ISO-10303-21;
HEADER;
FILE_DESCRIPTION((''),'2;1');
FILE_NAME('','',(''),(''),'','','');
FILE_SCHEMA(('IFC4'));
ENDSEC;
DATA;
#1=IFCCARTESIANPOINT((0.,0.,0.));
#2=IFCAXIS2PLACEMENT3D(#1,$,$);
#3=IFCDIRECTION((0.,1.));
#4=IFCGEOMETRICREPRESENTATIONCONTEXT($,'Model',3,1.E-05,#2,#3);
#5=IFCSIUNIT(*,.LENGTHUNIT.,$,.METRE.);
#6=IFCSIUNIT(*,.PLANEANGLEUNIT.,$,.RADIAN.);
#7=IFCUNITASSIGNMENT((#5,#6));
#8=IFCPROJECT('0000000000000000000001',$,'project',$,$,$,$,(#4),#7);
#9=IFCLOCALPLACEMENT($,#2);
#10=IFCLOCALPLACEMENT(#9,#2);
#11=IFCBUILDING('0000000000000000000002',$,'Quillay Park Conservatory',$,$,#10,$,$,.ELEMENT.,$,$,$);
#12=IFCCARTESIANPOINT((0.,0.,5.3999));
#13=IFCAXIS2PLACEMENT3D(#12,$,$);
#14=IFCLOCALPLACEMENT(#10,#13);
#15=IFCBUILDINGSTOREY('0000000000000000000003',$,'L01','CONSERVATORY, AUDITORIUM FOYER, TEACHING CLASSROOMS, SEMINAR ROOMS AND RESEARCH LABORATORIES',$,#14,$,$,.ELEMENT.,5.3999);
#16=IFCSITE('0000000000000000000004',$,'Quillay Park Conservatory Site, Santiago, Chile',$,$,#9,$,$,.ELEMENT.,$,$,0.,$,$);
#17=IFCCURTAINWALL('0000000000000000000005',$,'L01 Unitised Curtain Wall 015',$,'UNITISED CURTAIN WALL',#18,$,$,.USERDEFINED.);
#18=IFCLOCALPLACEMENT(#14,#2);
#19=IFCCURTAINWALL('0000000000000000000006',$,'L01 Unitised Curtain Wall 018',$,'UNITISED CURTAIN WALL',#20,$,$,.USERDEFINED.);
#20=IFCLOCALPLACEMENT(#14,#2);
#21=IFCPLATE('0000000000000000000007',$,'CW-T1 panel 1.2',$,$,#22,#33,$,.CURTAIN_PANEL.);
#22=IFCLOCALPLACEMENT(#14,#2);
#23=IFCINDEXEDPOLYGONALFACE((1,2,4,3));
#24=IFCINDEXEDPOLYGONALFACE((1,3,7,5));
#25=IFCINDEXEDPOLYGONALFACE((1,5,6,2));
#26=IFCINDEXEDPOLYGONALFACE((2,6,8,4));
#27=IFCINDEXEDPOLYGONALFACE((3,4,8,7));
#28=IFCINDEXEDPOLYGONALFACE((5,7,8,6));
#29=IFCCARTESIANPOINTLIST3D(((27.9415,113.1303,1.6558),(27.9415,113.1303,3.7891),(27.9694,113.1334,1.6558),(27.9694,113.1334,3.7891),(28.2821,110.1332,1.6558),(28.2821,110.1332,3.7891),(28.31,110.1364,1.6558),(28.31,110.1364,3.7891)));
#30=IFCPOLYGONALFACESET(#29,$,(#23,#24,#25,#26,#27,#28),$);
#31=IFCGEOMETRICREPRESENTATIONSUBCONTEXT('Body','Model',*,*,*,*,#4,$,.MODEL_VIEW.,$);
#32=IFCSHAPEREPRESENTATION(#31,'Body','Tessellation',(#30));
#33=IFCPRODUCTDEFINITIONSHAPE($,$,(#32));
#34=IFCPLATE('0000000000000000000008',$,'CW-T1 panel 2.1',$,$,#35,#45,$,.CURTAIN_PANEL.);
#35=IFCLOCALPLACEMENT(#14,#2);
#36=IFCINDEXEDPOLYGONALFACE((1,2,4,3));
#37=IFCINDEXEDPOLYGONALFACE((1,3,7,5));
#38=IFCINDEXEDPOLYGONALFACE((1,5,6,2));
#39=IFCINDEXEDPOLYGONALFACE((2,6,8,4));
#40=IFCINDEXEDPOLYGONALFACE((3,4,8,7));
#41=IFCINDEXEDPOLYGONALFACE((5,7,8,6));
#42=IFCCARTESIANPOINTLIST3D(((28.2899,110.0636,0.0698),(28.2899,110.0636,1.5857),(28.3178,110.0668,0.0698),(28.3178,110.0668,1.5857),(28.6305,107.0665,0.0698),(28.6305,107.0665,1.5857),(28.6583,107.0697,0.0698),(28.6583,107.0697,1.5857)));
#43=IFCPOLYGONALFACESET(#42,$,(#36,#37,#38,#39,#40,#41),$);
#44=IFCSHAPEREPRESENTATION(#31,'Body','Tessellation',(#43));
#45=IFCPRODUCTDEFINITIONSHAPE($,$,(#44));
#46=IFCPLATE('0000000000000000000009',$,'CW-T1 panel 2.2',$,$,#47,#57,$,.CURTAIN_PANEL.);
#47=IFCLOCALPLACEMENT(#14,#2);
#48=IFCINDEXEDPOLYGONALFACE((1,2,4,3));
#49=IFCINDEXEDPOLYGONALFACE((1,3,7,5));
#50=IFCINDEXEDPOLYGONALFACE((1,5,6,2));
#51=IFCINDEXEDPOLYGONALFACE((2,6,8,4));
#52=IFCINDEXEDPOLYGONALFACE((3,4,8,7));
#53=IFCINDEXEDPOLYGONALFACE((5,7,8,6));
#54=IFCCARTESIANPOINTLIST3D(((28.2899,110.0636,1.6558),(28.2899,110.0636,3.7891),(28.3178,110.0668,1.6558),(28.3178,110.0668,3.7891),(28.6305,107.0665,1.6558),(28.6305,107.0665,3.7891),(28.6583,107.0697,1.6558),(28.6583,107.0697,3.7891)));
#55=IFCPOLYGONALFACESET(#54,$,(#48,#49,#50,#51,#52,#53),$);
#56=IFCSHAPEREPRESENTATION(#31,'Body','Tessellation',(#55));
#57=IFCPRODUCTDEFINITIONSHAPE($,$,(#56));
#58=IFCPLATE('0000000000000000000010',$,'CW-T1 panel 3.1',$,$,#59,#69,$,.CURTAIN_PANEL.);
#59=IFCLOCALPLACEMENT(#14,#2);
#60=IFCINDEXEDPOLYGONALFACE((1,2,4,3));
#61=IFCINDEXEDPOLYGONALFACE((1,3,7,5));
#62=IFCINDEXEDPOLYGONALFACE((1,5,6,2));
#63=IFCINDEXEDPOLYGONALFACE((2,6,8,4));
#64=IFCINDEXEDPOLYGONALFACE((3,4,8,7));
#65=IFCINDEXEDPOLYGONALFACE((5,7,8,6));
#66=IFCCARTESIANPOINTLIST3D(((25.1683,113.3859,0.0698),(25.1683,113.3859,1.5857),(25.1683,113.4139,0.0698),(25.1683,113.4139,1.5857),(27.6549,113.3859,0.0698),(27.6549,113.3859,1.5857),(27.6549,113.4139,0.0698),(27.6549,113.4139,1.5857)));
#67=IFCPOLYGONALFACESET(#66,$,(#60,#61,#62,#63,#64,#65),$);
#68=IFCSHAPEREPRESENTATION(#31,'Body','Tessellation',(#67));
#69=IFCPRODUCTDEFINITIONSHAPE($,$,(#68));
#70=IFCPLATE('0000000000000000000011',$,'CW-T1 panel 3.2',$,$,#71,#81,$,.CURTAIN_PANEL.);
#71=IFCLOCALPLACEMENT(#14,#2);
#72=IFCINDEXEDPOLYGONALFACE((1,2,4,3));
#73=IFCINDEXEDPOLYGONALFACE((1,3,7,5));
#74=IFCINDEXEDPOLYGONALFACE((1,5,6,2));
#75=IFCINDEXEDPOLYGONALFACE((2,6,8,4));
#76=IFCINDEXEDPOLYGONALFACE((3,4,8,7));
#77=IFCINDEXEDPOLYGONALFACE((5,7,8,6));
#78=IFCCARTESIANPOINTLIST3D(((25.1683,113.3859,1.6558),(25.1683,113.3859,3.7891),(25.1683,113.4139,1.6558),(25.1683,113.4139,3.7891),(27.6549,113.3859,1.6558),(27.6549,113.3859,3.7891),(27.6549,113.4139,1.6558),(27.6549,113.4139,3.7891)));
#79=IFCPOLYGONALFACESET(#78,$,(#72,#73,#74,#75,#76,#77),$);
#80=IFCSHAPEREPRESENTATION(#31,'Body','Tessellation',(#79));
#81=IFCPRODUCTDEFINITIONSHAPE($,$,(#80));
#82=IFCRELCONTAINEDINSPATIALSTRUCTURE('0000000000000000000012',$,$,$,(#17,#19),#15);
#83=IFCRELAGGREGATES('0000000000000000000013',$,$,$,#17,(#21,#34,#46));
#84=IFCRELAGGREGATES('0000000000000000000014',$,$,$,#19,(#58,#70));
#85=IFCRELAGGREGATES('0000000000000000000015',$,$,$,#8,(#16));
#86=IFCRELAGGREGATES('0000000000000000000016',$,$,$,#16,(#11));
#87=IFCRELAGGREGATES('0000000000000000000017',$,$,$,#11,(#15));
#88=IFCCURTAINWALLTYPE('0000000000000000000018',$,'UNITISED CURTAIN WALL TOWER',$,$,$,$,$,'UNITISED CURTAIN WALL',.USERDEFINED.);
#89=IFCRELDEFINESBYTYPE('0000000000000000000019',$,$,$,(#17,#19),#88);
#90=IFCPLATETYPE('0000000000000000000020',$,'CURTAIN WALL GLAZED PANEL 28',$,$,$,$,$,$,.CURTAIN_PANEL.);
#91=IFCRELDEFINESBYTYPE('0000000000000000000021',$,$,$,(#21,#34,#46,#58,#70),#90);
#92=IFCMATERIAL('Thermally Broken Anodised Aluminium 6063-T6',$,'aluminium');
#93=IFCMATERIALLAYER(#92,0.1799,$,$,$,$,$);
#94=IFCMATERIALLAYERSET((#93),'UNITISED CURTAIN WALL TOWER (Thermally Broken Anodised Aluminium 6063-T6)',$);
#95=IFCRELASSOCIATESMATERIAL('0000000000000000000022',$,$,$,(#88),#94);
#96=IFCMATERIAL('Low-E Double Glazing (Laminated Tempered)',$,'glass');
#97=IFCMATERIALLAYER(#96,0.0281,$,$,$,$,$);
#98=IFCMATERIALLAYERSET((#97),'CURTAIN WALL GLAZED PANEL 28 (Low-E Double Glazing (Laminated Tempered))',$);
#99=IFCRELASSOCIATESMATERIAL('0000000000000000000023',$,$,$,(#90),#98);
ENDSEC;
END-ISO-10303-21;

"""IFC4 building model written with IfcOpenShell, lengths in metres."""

from ifc_helpers import new_model, si_unit, direction, frame, origin, origin_2d, place, context, subcontext, project, spatial, rectangle, extrude, material, layer, layer_set, type_object, element, aggregate, save


model = new_model("IFC4")

# Units and contexts
model_context = context("Model", 3, precision=1e-05, world=origin(), true_north=direction((0.0, 1.0)))
body_context = subcontext(model_context, "Body", "Model", "MODEL_VIEW")
ifc_project = project(units=[si_unit("LENGTHUNIT", "METRE"), si_unit("PLANEANGLEUNIT", "RADIAN")], contexts=[model_context])

# Site, building, storey
site_placement = place(None, origin())
site = spatial("IfcSite", under=ifc_project, at=site_placement, Name="Quillay Park Conservatory Site, Santiago, Chile", CompositionType="ELEMENT", RefElevation=0.0)
building_placement = place(site_placement, origin())
building = spatial("IfcBuilding", under=site, at=building_placement, Name="Quillay Park Conservatory", CompositionType="ELEMENT")
storey_placement = place(building_placement, frame((0.0, 0.0, 5.3999)))
storey = spatial("IfcBuildingStorey", under=building, at=storey_placement, Name="L01", Description="CONSERVATORY, AUDITORIUM FOYER, TEACHING CLASSROOMS, SEMINAR ROOMS AND RESEARCH LABORATORIES", CompositionType="ELEMENT", Elevation=5.3999)

# Curtain wall
ifc_material_1 = material(Name="Thermally Broken Anodised Aluminium 6063-T6", Category="aluminium")
ifc_layer_1 = layer(ifc_material_1, 0.1799)
ifc_layer_set_1 = layer_set([ifc_layer_1], Name="UNITISED CURTAIN WALL TOWER (Thermally Broken Anodised Aluminium 6063-T6)")
curtain_wall_type = type_object("IfcCurtainWallType", Name="UNITISED CURTAIN WALL TOWER", ElementType="UNITISED CURTAIN WALL", PredefinedType="USERDEFINED", material=ifc_layer_set_1)
curtain_wall_1_placement = place(storey_placement, origin())
curtain_wall_1 = element("IfcCurtainWall", 1, at=curtain_wall_1_placement, inside=storey, type_object=curtain_wall_type, Name="L01 Unitised Curtain Wall 015", ObjectType="UNITISED CURTAIN WALL", PredefinedType="USERDEFINED")

# Curtain wall
curtain_wall_2_placement = place(storey_placement, origin())
curtain_wall_2 = element("IfcCurtainWall", 2, at=curtain_wall_2_placement, inside=storey, type_object=curtain_wall_type, Name="L01 Unitised Curtain Wall 018", ObjectType="UNITISED CURTAIN WALL", PredefinedType="USERDEFINED")

# Plates
ifc_material_2 = material(Name="Low-E Double Glazing (Laminated Tempered)", Category="glass")
ifc_layer_2 = layer(ifc_material_2, 0.0281)
ifc_layer_set_2 = layer_set([ifc_layer_2], Name="CURTAIN WALL GLAZED PANEL 28 (Low-E Double Glazing (Laminated Tempered))")
plate_type = type_object("IfcPlateType", Name="CURTAIN WALL GLAZED PANEL 28", PredefinedType="CURTAIN_PANEL", material=ifc_layer_set_2)
plate_1_placement = place(storey_placement, frame((28.1257, 111.6333, 1.6558), z_axis=(0.0, 0.0, 1.0), x_axis=(0.112903, -0.993606, 0.0)))
plate_1 = element("IfcPlate", 3, at=plate_1_placement, type_object=plate_type, Name="CW-T1 panel 1.2", PredefinedType="CURTAIN_PANEL", context=body_context, shape_type="SweptSolid", body=[
    extrude(rectangle(XDim=3.0164, YDim=0.0281, at=origin_2d()), origin(), (0.0, 0.0, 1.0), 2.1333),
])
plate_2_placement = place(storey_placement, frame((28.4741, 108.5667, 0.0698), z_axis=(0.0, 0.0, 1.0), x_axis=(0.112903, -0.993606, 0.0)))
plate_2 = element("IfcPlate", 4, at=plate_2_placement, type_object=plate_type, Name="CW-T1 panel 2.1", PredefinedType="CURTAIN_PANEL", context=body_context, shape_type="SweptSolid", body=[
    extrude(rectangle(XDim=3.0164, YDim=0.0281, at=origin_2d()), origin(), (0.0, 0.0, 1.0), 1.5159),
])
plate_3_placement = place(storey_placement, frame((28.4741, 108.5667, 1.6558), z_axis=(0.0, 0.0, 1.0), x_axis=(0.112903, -0.993606, 0.0)))
plate_3 = element("IfcPlate", 5, at=plate_3_placement, type_object=plate_type, Name="CW-T1 panel 2.2", PredefinedType="CURTAIN_PANEL", context=body_context, shape_type="SweptSolid", body=[
    extrude(rectangle(XDim=3.0164, YDim=0.0281, at=origin_2d()), origin(), (0.0, 0.0, 1.0), 2.1333),
])
aggregate(curtain_wall_1, [plate_1, plate_2, plate_3])
plate_4_placement = place(storey_placement, frame((26.4116, 113.3999, 0.0698), z_axis=(0.0, 0.0, 1.0), x_axis=(1.0, 0.0, 0.0)))
plate_4 = element("IfcPlate", 6, at=plate_4_placement, type_object=plate_type, Name="CW-T1 panel 3.1", PredefinedType="CURTAIN_PANEL", context=body_context, shape_type="SweptSolid", body=[
    extrude(rectangle(XDim=2.4866, YDim=0.0281, at=origin_2d()), origin(), (0.0, 0.0, 1.0), 1.5159),
])
plate_5_placement = place(storey_placement, frame((26.4116, 113.3999, 1.6558), z_axis=(0.0, 0.0, 1.0), x_axis=(1.0, 0.0, 0.0)))
plate_5 = element("IfcPlate", 7, at=plate_5_placement, type_object=plate_type, Name="CW-T1 panel 3.2", PredefinedType="CURTAIN_PANEL", context=body_context, shape_type="SweptSolid", body=[
    extrude(rectangle(XDim=2.4866, YDim=0.0281, at=origin_2d()), origin(), (0.0, 0.0, 1.0), 2.1333),
])
aggregate(curtain_wall_2, [plate_4, plate_5])

save(model, "model.ifc")
